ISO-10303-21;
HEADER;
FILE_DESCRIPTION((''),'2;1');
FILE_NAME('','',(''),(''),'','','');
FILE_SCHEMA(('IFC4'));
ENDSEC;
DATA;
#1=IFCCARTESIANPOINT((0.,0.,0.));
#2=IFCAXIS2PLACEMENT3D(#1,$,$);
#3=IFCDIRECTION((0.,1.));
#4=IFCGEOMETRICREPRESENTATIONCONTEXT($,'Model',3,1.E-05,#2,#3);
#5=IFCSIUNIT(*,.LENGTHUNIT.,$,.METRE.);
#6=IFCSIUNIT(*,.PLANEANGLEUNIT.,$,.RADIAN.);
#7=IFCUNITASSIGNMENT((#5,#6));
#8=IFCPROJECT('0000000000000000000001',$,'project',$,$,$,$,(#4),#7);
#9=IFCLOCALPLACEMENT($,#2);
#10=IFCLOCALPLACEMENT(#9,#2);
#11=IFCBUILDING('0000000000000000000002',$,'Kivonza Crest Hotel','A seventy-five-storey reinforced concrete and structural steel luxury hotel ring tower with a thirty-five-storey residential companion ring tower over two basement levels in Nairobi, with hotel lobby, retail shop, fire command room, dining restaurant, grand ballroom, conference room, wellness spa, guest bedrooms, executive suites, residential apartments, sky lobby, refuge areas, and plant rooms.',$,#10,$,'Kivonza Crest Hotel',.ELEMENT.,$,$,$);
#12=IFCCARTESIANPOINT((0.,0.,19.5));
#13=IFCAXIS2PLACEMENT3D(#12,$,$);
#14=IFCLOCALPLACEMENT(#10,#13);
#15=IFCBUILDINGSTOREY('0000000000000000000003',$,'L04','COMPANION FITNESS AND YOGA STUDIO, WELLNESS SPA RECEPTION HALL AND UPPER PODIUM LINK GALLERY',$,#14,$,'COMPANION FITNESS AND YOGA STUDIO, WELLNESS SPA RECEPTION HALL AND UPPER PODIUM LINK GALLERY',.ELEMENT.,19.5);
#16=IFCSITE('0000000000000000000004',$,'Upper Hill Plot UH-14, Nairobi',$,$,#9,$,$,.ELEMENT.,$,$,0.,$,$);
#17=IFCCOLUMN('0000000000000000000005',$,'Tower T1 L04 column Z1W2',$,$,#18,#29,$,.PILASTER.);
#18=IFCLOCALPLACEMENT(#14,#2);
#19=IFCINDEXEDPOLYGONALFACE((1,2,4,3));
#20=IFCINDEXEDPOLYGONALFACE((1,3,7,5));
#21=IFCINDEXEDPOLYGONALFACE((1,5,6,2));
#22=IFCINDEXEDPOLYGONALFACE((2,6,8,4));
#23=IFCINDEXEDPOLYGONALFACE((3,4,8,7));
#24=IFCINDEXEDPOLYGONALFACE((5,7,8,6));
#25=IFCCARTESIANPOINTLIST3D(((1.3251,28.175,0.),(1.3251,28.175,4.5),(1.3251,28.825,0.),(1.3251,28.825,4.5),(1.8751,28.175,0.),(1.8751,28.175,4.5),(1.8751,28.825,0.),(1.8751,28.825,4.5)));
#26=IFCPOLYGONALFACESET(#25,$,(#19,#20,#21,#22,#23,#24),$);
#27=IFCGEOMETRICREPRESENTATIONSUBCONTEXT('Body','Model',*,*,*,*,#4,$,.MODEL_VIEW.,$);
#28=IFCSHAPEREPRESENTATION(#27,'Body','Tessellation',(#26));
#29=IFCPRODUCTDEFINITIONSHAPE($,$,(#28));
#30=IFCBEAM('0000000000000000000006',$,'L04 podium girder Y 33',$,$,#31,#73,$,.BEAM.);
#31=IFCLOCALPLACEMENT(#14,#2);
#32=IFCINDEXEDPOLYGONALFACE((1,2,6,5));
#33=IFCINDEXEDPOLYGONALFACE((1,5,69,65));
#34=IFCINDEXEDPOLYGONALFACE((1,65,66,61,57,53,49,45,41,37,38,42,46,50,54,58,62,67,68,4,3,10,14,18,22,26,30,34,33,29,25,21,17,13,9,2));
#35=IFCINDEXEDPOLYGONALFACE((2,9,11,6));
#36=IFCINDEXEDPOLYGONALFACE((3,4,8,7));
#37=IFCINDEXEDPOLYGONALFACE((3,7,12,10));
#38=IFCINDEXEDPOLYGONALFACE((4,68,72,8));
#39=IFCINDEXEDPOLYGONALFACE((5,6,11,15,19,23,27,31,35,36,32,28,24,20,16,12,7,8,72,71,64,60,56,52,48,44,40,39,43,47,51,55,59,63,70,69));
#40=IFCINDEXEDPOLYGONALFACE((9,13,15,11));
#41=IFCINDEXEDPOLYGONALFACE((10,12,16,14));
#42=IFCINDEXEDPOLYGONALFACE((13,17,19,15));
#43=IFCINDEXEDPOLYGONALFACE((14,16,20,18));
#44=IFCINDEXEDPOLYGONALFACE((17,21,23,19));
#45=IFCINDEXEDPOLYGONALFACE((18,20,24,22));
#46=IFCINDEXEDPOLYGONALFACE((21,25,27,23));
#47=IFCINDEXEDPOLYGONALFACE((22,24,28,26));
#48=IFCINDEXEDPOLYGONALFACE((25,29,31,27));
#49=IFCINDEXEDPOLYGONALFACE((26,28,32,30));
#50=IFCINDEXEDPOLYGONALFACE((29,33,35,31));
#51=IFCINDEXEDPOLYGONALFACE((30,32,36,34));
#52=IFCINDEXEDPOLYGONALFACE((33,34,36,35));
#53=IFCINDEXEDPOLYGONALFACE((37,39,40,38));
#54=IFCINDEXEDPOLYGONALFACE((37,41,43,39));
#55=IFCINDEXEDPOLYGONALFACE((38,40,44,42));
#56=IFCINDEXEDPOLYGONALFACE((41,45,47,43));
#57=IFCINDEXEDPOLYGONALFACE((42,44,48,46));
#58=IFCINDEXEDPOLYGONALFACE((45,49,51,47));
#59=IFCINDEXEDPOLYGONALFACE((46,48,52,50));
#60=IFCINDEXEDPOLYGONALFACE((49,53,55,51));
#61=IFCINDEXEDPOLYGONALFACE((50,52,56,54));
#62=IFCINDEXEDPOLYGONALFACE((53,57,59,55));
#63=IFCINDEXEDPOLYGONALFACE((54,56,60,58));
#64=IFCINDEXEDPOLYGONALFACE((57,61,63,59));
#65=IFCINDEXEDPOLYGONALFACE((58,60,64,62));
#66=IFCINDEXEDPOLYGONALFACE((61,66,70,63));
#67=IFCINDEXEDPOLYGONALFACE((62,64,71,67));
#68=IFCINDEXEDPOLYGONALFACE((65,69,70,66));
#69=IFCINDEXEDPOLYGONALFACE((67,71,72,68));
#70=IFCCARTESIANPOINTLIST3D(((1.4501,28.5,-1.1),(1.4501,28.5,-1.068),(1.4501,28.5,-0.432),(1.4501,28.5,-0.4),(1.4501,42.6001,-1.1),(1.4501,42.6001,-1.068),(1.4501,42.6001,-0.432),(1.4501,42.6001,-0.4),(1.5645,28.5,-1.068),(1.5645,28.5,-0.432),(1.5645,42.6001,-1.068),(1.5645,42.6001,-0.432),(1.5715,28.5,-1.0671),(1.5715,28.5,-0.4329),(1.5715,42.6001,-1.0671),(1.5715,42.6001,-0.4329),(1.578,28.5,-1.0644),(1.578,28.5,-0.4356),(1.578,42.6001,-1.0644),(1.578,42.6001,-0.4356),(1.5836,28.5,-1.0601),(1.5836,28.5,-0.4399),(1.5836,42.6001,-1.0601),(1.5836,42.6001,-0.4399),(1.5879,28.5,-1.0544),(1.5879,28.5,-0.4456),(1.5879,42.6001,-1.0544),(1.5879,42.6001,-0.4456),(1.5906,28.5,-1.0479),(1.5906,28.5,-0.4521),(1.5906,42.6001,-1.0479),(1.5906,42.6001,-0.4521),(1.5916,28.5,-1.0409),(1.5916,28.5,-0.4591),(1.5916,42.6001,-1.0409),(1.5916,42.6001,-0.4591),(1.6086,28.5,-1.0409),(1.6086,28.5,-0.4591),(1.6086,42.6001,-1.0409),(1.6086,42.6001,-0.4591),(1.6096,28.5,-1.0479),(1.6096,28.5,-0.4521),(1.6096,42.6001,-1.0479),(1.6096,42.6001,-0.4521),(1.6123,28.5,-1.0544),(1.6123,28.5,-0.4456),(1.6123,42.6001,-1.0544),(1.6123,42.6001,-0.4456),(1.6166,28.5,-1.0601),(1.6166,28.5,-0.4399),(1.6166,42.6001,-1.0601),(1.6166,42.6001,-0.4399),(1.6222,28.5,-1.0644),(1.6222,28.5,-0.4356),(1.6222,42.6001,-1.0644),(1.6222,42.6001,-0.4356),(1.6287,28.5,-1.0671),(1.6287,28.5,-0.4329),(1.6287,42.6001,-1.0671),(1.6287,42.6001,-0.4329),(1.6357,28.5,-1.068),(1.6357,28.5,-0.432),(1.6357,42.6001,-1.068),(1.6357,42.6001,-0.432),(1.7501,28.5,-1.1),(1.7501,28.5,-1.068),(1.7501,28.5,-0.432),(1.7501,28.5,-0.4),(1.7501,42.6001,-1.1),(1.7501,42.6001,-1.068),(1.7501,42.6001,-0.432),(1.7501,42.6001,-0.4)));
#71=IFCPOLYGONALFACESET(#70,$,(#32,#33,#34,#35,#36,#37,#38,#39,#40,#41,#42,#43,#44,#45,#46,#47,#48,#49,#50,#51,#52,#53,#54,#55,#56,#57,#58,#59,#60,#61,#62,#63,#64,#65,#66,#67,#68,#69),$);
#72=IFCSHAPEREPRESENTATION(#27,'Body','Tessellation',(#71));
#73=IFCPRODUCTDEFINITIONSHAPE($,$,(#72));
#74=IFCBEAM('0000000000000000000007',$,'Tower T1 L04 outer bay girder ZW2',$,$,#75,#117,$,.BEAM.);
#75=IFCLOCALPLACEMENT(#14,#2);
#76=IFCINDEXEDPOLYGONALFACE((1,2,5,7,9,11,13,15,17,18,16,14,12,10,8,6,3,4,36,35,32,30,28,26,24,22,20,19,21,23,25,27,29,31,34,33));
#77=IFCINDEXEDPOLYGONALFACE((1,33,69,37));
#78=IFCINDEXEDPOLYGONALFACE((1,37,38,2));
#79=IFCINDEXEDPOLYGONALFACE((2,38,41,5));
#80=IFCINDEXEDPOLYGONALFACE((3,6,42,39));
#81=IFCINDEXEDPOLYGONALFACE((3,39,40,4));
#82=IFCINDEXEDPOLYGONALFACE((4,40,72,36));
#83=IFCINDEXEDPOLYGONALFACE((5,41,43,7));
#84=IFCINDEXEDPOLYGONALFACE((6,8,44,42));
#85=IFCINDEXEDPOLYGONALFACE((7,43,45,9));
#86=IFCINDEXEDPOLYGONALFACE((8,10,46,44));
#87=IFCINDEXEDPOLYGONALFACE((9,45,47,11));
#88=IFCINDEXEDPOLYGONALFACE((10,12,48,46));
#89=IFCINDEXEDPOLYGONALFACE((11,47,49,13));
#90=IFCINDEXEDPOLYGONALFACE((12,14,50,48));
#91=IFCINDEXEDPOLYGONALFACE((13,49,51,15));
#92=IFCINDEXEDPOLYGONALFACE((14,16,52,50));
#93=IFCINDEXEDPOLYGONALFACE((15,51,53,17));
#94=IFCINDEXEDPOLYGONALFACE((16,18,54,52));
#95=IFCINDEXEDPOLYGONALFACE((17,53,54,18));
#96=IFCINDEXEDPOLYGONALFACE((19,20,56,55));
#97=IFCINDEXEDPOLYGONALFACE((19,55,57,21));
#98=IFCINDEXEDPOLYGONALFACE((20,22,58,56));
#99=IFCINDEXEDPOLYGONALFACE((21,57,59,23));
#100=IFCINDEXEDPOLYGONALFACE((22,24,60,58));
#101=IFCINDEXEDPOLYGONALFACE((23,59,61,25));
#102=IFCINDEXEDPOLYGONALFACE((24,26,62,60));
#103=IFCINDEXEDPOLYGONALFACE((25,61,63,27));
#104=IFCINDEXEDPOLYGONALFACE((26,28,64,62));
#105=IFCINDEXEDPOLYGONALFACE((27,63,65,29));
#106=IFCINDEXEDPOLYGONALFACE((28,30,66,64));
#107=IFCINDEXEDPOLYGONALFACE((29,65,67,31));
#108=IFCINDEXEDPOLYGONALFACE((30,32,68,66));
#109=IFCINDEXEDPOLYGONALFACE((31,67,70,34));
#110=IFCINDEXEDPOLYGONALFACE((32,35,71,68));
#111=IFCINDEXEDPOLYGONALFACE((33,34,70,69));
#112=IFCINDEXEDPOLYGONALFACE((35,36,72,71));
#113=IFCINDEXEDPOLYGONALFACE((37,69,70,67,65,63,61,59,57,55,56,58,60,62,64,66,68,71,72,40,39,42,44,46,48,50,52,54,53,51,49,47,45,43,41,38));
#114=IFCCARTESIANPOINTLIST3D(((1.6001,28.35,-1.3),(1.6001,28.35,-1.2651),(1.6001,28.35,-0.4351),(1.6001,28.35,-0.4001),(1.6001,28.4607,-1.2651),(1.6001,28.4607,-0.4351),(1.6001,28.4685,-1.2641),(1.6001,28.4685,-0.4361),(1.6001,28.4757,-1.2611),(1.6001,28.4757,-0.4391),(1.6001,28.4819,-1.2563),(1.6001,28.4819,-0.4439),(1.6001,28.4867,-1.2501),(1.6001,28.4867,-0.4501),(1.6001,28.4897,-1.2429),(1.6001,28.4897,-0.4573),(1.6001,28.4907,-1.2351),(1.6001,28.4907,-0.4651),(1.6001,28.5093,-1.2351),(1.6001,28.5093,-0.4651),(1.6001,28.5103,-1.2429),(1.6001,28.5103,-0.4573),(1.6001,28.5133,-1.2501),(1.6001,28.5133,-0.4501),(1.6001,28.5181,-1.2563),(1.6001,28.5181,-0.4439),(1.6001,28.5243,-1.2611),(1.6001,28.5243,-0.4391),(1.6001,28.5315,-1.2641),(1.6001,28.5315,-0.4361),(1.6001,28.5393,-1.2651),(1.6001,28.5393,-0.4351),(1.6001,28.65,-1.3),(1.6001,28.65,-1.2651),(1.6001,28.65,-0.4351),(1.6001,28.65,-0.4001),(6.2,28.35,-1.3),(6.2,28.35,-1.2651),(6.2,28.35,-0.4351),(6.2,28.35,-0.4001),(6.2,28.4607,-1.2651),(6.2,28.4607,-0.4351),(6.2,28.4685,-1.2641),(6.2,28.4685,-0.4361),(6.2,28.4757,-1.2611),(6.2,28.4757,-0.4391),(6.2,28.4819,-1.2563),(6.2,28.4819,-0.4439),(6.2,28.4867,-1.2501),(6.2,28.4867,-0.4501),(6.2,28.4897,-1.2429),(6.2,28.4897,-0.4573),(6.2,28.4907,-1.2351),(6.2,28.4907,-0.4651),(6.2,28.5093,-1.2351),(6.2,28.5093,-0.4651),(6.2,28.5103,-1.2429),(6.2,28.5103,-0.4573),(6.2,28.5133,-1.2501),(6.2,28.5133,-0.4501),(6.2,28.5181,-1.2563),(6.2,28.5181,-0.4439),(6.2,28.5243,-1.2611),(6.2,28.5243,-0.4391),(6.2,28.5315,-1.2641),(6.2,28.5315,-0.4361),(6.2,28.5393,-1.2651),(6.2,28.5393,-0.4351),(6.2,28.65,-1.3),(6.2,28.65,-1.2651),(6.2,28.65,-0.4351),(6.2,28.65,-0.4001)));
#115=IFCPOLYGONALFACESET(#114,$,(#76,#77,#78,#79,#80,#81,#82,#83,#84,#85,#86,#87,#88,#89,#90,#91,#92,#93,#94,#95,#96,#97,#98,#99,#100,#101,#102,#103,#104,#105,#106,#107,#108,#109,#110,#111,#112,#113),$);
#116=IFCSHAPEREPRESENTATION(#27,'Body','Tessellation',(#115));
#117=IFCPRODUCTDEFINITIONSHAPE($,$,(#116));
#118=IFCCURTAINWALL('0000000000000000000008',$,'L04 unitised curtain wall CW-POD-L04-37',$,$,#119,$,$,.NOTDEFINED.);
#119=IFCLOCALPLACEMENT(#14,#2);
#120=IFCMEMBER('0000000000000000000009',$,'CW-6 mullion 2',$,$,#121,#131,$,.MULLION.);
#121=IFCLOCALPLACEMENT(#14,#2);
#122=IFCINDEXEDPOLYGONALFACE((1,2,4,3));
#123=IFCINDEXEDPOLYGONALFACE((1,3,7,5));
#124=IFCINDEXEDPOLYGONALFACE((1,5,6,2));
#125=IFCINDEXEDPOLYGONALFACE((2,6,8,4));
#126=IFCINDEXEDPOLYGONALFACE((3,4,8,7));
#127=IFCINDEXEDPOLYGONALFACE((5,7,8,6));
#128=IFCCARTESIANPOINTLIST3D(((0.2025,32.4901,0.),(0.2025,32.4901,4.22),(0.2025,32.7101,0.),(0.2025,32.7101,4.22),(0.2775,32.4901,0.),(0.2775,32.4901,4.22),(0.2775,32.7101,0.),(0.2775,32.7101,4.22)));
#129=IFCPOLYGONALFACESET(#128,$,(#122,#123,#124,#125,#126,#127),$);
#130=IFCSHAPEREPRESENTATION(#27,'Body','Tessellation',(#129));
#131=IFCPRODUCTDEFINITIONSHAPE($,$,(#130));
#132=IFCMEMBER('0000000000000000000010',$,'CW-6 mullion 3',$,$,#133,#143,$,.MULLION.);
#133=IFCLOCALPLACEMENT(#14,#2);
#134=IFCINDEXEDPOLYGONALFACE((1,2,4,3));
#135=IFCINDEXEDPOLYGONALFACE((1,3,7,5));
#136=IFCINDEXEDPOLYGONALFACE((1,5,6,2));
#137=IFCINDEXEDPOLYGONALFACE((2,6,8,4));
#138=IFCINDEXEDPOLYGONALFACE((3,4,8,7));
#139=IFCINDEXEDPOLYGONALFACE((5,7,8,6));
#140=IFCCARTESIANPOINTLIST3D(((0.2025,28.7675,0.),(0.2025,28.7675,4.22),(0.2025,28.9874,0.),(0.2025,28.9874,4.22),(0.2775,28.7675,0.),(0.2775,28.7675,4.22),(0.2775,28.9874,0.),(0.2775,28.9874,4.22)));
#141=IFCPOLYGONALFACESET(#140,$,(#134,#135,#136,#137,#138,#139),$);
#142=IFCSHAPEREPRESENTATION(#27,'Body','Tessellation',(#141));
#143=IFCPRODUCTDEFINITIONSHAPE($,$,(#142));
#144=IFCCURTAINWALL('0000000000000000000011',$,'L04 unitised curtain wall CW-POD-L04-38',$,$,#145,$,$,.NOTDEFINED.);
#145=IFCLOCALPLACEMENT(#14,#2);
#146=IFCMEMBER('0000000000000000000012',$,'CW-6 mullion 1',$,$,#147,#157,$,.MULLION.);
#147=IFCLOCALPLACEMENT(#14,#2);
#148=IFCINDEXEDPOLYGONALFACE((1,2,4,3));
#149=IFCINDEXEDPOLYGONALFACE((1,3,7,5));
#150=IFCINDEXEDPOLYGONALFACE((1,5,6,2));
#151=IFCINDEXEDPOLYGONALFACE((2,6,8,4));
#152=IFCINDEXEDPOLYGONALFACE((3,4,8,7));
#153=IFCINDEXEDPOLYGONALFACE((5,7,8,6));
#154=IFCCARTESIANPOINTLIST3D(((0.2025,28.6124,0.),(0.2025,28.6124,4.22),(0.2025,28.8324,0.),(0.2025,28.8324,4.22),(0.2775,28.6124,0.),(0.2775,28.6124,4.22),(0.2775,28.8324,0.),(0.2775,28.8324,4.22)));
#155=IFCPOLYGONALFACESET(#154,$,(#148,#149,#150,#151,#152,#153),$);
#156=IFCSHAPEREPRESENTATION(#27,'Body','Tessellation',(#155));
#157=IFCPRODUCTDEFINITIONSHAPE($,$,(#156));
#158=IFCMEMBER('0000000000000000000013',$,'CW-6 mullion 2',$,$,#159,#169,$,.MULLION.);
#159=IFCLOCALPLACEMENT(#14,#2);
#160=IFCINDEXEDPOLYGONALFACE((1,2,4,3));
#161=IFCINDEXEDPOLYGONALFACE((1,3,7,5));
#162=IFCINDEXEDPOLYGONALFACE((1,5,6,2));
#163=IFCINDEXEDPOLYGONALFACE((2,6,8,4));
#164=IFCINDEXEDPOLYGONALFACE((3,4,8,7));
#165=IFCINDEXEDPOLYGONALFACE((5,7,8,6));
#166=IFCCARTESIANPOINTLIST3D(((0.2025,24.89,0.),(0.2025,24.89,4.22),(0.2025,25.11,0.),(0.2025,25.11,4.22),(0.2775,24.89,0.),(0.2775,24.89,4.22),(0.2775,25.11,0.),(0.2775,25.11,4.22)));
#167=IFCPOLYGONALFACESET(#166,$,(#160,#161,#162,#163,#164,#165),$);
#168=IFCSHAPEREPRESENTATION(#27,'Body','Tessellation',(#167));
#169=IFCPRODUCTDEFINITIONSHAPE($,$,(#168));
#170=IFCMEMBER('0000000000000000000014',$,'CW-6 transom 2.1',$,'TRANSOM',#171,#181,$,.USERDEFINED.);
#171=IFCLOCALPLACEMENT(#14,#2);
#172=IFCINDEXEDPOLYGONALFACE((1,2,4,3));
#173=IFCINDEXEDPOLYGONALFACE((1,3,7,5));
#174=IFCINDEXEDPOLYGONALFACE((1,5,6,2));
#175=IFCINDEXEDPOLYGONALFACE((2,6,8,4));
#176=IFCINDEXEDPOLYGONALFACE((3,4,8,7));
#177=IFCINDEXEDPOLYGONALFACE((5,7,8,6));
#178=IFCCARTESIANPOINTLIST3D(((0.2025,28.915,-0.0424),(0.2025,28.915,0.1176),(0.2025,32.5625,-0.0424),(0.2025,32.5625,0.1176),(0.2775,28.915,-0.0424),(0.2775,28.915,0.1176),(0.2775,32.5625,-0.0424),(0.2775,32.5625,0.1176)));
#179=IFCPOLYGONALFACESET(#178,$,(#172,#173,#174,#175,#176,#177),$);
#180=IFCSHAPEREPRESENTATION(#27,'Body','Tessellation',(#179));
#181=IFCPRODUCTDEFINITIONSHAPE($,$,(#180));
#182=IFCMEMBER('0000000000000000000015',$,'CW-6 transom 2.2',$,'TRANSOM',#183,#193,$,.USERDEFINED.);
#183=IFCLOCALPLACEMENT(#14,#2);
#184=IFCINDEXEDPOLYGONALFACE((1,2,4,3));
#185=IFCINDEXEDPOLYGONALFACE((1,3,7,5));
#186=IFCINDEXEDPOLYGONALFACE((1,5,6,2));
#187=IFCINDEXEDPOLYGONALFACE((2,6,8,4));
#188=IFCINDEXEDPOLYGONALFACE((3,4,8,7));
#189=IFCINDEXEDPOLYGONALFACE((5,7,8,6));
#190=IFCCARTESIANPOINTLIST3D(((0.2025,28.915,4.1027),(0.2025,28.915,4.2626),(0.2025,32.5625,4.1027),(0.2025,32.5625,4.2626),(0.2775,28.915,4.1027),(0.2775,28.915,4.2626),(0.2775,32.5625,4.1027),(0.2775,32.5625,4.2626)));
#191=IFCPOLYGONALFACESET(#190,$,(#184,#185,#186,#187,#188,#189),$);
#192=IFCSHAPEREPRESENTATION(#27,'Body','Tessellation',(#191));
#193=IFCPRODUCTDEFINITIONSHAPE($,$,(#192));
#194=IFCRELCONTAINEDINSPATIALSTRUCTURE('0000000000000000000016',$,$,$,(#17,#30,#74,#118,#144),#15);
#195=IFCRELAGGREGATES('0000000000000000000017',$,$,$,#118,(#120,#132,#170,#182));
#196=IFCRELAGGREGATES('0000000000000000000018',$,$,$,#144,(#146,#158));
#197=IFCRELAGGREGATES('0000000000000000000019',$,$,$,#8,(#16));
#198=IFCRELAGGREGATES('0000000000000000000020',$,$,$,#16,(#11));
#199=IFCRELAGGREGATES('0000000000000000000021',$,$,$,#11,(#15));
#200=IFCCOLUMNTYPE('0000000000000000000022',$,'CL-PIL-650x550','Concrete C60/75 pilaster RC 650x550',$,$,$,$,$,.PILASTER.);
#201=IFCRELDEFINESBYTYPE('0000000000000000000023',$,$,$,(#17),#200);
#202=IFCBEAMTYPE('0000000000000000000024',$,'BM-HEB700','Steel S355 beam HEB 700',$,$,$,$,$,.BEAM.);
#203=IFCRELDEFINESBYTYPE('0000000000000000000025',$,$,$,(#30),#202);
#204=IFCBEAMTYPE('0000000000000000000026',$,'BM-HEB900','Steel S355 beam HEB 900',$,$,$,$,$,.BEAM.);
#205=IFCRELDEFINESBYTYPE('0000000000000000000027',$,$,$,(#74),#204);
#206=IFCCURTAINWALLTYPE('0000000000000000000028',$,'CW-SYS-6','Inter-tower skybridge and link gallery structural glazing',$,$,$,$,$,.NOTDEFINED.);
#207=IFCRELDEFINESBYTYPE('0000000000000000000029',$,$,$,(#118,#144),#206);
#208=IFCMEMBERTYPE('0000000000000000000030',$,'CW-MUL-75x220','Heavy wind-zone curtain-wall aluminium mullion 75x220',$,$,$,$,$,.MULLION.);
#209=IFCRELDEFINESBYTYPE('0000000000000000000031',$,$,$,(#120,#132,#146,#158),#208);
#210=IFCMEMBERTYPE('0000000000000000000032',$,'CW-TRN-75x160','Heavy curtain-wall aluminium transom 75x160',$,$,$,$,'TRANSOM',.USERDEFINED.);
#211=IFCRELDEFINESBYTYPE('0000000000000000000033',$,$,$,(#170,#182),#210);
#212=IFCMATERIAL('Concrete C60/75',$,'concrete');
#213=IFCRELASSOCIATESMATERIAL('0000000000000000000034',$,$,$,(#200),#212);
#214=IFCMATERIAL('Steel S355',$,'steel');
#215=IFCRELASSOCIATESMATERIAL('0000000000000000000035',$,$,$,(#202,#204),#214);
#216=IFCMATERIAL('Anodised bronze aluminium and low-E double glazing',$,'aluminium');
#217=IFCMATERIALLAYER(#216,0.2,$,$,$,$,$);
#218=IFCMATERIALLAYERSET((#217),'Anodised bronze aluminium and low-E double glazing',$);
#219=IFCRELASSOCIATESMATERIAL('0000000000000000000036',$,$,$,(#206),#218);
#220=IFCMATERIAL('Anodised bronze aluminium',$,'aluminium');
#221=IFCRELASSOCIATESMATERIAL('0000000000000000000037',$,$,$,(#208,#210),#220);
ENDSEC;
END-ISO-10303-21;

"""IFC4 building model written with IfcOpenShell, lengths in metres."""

from ifc_helpers import new_model, si_unit, direction, frame, origin, origin_2d, place, context, subcontext, project, spatial, rectangle, i_section, extrude, material, layer, layer_set, material_profile, profile_set, type_object, element, aggregate, save


model = new_model("IFC4")

# Units and contexts
model_context = context("Model", 3, precision=1e-05, world=origin(), true_north=direction((0.0, 1.0)))
body_context = subcontext(model_context, "Body", "Model", "MODEL_VIEW")
ifc_project = project(units=[si_unit("LENGTHUNIT", "METRE"), si_unit("PLANEANGLEUNIT", "RADIAN")], contexts=[model_context])

# Site, building, storey
site_placement = place(None, origin())
site = spatial("IfcSite", under=ifc_project, at=site_placement, Name="Upper Hill Plot UH-14, Nairobi", CompositionType="ELEMENT", RefElevation=0.0)
building_placement = place(site_placement, origin())
building = spatial("IfcBuilding", under=site, at=building_placement, Name="Kivonza Crest Hotel", Description="A seventy-five-storey reinforced concrete and structural steel luxury hotel ring tower with a thirty-five-storey residential companion ring tower over two basement levels in Nairobi, with hotel lobby, retail shop, fire command room, dining restaurant, grand ballroom, conference room, wellness spa, guest bedrooms, executive suites, residential apartments, sky lobby, refuge areas, and plant rooms.", LongName="Kivonza Crest Hotel", CompositionType="ELEMENT")
storey_placement = place(building_placement, frame((0.0, 0.0, 19.5)))
storey = spatial("IfcBuildingStorey", under=building, at=storey_placement, Name="L04", Description="COMPANION FITNESS AND YOGA STUDIO, WELLNESS SPA RECEPTION HALL AND UPPER PODIUM LINK GALLERY", LongName="COMPANION FITNESS AND YOGA STUDIO, WELLNESS SPA RECEPTION HALL AND UPPER PODIUM LINK GALLERY", CompositionType="ELEMENT", Elevation=19.5)

# Column
ifc_material_1 = material(Name="Concrete C60/75", Category="concrete")
ifc_material_profile_1 = material_profile(ifc_material_1, rectangle(XDim=0.55, YDim=0.6499, at=origin_2d()), Name="RC 650x550")
ifc_profile_set_1 = profile_set([ifc_material_profile_1], Name="Concrete C60/75")
column_type = type_object("IfcColumnType", Name="CL-PIL-650x550", Description="Concrete C60/75 pilaster RC 650x550", PredefinedType="PILASTER", material=ifc_profile_set_1)
column_placement = place(storey_placement, frame((1.6001, 28.5, 0.0), z_axis=(0.0, 0.0, 1.0), x_axis=(1.0, 0.0, 0.0)))
element("IfcColumn", 1, at=column_placement, inside=storey, type_object=column_type, Name="Tower T1 L04 column Z1W2", PredefinedType="PILASTER", context=body_context, shape_type="SweptSolid", body=[
    extrude(rectangle(XDim=0.55, YDim=0.6499, at=origin_2d()), origin(), (0.0, 0.0, 1.0), 4.5),
])

# Beams
ifc_material_2 = material(Name="Steel S355", Category="steel")
ifc_material_profile_2 = material_profile(ifc_material_2, i_section(OverallWidth=0.3, OverallDepth=0.7, WebThickness=0.0171, FlangeThickness=0.032, FilletRadius=0.0271, at=origin_2d()), Name="HEB 700")
ifc_profile_set_2 = profile_set([ifc_material_profile_2], Name="Steel S355")
beam_type_1 = type_object("IfcBeamType", Name="BM-HEB700", Description="Steel S355 beam HEB 700", PredefinedType="BEAM", material=ifc_profile_set_2)
beam_1_placement = place(storey_placement, frame((1.6001, 28.5, -0.75), z_axis=(0.0, 1.0, 0.0), x_axis=(-1.0, 0.0, 0.0)))
element("IfcBeam", 2, at=beam_1_placement, inside=storey, type_object=beam_type_1, Name="L04 podium girder Y 33", PredefinedType="BEAM", context=body_context, shape_type="SweptSolid", body=[
    extrude(i_section(OverallWidth=0.3, OverallDepth=0.7, WebThickness=0.0171, FlangeThickness=0.032, FilletRadius=0.0271, at=origin_2d()), origin(), (0.0, 0.0, 1.0), 14.1001),
])
ifc_material_profile_3 = material_profile(ifc_material_2, i_section(OverallWidth=0.3, OverallDepth=0.8999, WebThickness=0.0186, FlangeThickness=0.0349, FilletRadius=0.03, at=origin_2d()), Name="HEB 900")
ifc_profile_set_3 = profile_set([ifc_material_profile_3], Name="Steel S355")
beam_type_2 = type_object("IfcBeamType", Name="BM-HEB900", Description="Steel S355 beam HEB 900", PredefinedType="BEAM", material=ifc_profile_set_3)
beam_2_placement = place(storey_placement, frame((1.6001, 28.5, -0.8501), z_axis=(1.0, 0.0, 0.0), x_axis=(0.0, 1.0, 0.0)))
element("IfcBeam", 3, at=beam_2_placement, inside=storey, type_object=beam_type_2, Name="Tower T1 L04 outer bay girder ZW2", PredefinedType="BEAM", context=body_context, shape_type="SweptSolid", body=[
    extrude(i_section(OverallWidth=0.3, OverallDepth=0.8999, WebThickness=0.0186, FlangeThickness=0.0349, FilletRadius=0.03, at=origin_2d()), origin(), (0.0, 0.0, 1.0), 4.5999),
])

# Curtain walls, members
ifc_material_3 = material(Name="Anodised bronze aluminium and low-E double glazing", Category="aluminium")
ifc_layer_1 = layer(ifc_material_3, 0.2)
ifc_layer_set_1 = layer_set([ifc_layer_1], Name="Anodised bronze aluminium and low-E double glazing")
curtain_wall_type = type_object("IfcCurtainWallType", Name="CW-SYS-6", Description="Inter-tower skybridge and link gallery structural glazing", PredefinedType="NOTDEFINED", material=ifc_layer_set_1)
curtain_wall_1_placement = place(storey_placement, origin())
curtain_wall_1 = element("IfcCurtainWall", 4, at=curtain_wall_1_placement, inside=storey, type_object=curtain_wall_type, Name="L04 unitised curtain wall CW-POD-L04-37", PredefinedType="NOTDEFINED")
ifc_material_4 = material(Name="Anodised bronze aluminium", Category="aluminium")
ifc_material_profile_4 = material_profile(ifc_material_4, rectangle(XDim=0.075, YDim=0.22, at=origin_2d()), Name="CW-M 75x220")
ifc_profile_set_4 = profile_set([ifc_material_profile_4], Name="Anodised bronze aluminium")
member_type_1 = type_object("IfcMemberType", Name="CW-MUL-75x220", Description="Heavy wind-zone curtain-wall aluminium mullion 75x220", PredefinedType="MULLION", material=ifc_profile_set_4)
member_1_placement = place(storey_placement, frame((0.24, 32.6001, 0.0), z_axis=(0.0, 0.0, 1.0), x_axis=(1.0, 0.0, 0.0)))
member_1 = element("IfcMember", 5, at=member_1_placement, type_object=member_type_1, Name="CW-6 mullion 2", PredefinedType="MULLION", context=body_context, shape_type="SweptSolid", body=[
    extrude(rectangle(XDim=0.075, YDim=0.22, at=origin_2d()), origin(), (0.0, 0.0, 1.0), 4.22),
])
member_2_placement = place(storey_placement, frame((0.24, 28.8774, 0.0), z_axis=(0.0, 0.0, 1.0), x_axis=(1.0, 0.0, 0.0)))
member_2 = element("IfcMember", 6, at=member_2_placement, type_object=member_type_1, Name="CW-6 mullion 3", PredefinedType="MULLION", context=body_context, shape_type="SweptSolid", body=[
    extrude(rectangle(XDim=0.075, YDim=0.22, at=origin_2d()), origin(), (0.0, 0.0, 1.0), 4.22),
])
curtain_wall_2_placement = place(storey_placement, origin())
curtain_wall_2 = element("IfcCurtainWall", 7, at=curtain_wall_2_placement, inside=storey, type_object=curtain_wall_type, Name="L04 unitised curtain wall CW-POD-L04-38", PredefinedType="NOTDEFINED")
member_3_placement = place(storey_placement, frame((0.24, 28.7224, 0.0), z_axis=(0.0, 0.0, 1.0), x_axis=(1.0, 0.0, 0.0)))
member_3 = element("IfcMember", 8, at=member_3_placement, type_object=member_type_1, Name="CW-6 mullion 1", PredefinedType="MULLION", context=body_context, shape_type="SweptSolid", body=[
    extrude(rectangle(XDim=0.075, YDim=0.22, at=origin_2d()), origin(), (0.0, 0.0, 1.0), 4.22),
])
member_4_placement = place(storey_placement, frame((0.24, 25.0, 0.0), z_axis=(0.0, 0.0, 1.0), x_axis=(1.0, 0.0, 0.0)))
member_4 = element("IfcMember", 9, at=member_4_placement, type_object=member_type_1, Name="CW-6 mullion 2", PredefinedType="MULLION", context=body_context, shape_type="SweptSolid", body=[
    extrude(rectangle(XDim=0.075, YDim=0.22, at=origin_2d()), origin(), (0.0, 0.0, 1.0), 4.22),
])

# Members
ifc_material_profile_5 = material_profile(ifc_material_4, rectangle(XDim=0.075, YDim=0.1599, at=origin_2d()), Name="CW-T 75x160")
ifc_profile_set_5 = profile_set([ifc_material_profile_5], Name="Anodised bronze aluminium")
member_type_2 = type_object("IfcMemberType", Name="CW-TRN-75x160", Description="Heavy curtain-wall aluminium transom 75x160", ElementType="TRANSOM", PredefinedType="USERDEFINED", material=ifc_profile_set_5)
member_5_placement = place(storey_placement, frame((0.24, 32.5625, 0.0376), z_axis=(0.0, -1.0, 0.0), x_axis=(1.0, 0.0, 0.0)))
member_5 = element("IfcMember", 10, at=member_5_placement, type_object=member_type_2, Name="CW-6 transom 2.1", ObjectType="TRANSOM", PredefinedType="USERDEFINED", context=body_context, shape_type="SweptSolid", body=[
    extrude(rectangle(XDim=0.075, YDim=0.1599, at=origin_2d()), origin(), (0.0, 0.0, 1.0), 3.6475),
])
member_6_placement = place(storey_placement, frame((0.24, 32.5625, 4.1826), z_axis=(0.0, -1.0, 0.0), x_axis=(1.0, 0.0, 0.0)))
member_6 = element("IfcMember", 11, at=member_6_placement, type_object=member_type_2, Name="CW-6 transom 2.2", ObjectType="TRANSOM", PredefinedType="USERDEFINED", context=body_context, shape_type="SweptSolid", body=[
    extrude(rectangle(XDim=0.075, YDim=0.1599, at=origin_2d()), origin(), (0.0, 0.0, 1.0), 3.6475),
])

aggregate(curtain_wall_1, [member_1, member_2, member_5, member_6])
aggregate(curtain_wall_2, [member_3, member_4])

save(model, "model.ifc")
